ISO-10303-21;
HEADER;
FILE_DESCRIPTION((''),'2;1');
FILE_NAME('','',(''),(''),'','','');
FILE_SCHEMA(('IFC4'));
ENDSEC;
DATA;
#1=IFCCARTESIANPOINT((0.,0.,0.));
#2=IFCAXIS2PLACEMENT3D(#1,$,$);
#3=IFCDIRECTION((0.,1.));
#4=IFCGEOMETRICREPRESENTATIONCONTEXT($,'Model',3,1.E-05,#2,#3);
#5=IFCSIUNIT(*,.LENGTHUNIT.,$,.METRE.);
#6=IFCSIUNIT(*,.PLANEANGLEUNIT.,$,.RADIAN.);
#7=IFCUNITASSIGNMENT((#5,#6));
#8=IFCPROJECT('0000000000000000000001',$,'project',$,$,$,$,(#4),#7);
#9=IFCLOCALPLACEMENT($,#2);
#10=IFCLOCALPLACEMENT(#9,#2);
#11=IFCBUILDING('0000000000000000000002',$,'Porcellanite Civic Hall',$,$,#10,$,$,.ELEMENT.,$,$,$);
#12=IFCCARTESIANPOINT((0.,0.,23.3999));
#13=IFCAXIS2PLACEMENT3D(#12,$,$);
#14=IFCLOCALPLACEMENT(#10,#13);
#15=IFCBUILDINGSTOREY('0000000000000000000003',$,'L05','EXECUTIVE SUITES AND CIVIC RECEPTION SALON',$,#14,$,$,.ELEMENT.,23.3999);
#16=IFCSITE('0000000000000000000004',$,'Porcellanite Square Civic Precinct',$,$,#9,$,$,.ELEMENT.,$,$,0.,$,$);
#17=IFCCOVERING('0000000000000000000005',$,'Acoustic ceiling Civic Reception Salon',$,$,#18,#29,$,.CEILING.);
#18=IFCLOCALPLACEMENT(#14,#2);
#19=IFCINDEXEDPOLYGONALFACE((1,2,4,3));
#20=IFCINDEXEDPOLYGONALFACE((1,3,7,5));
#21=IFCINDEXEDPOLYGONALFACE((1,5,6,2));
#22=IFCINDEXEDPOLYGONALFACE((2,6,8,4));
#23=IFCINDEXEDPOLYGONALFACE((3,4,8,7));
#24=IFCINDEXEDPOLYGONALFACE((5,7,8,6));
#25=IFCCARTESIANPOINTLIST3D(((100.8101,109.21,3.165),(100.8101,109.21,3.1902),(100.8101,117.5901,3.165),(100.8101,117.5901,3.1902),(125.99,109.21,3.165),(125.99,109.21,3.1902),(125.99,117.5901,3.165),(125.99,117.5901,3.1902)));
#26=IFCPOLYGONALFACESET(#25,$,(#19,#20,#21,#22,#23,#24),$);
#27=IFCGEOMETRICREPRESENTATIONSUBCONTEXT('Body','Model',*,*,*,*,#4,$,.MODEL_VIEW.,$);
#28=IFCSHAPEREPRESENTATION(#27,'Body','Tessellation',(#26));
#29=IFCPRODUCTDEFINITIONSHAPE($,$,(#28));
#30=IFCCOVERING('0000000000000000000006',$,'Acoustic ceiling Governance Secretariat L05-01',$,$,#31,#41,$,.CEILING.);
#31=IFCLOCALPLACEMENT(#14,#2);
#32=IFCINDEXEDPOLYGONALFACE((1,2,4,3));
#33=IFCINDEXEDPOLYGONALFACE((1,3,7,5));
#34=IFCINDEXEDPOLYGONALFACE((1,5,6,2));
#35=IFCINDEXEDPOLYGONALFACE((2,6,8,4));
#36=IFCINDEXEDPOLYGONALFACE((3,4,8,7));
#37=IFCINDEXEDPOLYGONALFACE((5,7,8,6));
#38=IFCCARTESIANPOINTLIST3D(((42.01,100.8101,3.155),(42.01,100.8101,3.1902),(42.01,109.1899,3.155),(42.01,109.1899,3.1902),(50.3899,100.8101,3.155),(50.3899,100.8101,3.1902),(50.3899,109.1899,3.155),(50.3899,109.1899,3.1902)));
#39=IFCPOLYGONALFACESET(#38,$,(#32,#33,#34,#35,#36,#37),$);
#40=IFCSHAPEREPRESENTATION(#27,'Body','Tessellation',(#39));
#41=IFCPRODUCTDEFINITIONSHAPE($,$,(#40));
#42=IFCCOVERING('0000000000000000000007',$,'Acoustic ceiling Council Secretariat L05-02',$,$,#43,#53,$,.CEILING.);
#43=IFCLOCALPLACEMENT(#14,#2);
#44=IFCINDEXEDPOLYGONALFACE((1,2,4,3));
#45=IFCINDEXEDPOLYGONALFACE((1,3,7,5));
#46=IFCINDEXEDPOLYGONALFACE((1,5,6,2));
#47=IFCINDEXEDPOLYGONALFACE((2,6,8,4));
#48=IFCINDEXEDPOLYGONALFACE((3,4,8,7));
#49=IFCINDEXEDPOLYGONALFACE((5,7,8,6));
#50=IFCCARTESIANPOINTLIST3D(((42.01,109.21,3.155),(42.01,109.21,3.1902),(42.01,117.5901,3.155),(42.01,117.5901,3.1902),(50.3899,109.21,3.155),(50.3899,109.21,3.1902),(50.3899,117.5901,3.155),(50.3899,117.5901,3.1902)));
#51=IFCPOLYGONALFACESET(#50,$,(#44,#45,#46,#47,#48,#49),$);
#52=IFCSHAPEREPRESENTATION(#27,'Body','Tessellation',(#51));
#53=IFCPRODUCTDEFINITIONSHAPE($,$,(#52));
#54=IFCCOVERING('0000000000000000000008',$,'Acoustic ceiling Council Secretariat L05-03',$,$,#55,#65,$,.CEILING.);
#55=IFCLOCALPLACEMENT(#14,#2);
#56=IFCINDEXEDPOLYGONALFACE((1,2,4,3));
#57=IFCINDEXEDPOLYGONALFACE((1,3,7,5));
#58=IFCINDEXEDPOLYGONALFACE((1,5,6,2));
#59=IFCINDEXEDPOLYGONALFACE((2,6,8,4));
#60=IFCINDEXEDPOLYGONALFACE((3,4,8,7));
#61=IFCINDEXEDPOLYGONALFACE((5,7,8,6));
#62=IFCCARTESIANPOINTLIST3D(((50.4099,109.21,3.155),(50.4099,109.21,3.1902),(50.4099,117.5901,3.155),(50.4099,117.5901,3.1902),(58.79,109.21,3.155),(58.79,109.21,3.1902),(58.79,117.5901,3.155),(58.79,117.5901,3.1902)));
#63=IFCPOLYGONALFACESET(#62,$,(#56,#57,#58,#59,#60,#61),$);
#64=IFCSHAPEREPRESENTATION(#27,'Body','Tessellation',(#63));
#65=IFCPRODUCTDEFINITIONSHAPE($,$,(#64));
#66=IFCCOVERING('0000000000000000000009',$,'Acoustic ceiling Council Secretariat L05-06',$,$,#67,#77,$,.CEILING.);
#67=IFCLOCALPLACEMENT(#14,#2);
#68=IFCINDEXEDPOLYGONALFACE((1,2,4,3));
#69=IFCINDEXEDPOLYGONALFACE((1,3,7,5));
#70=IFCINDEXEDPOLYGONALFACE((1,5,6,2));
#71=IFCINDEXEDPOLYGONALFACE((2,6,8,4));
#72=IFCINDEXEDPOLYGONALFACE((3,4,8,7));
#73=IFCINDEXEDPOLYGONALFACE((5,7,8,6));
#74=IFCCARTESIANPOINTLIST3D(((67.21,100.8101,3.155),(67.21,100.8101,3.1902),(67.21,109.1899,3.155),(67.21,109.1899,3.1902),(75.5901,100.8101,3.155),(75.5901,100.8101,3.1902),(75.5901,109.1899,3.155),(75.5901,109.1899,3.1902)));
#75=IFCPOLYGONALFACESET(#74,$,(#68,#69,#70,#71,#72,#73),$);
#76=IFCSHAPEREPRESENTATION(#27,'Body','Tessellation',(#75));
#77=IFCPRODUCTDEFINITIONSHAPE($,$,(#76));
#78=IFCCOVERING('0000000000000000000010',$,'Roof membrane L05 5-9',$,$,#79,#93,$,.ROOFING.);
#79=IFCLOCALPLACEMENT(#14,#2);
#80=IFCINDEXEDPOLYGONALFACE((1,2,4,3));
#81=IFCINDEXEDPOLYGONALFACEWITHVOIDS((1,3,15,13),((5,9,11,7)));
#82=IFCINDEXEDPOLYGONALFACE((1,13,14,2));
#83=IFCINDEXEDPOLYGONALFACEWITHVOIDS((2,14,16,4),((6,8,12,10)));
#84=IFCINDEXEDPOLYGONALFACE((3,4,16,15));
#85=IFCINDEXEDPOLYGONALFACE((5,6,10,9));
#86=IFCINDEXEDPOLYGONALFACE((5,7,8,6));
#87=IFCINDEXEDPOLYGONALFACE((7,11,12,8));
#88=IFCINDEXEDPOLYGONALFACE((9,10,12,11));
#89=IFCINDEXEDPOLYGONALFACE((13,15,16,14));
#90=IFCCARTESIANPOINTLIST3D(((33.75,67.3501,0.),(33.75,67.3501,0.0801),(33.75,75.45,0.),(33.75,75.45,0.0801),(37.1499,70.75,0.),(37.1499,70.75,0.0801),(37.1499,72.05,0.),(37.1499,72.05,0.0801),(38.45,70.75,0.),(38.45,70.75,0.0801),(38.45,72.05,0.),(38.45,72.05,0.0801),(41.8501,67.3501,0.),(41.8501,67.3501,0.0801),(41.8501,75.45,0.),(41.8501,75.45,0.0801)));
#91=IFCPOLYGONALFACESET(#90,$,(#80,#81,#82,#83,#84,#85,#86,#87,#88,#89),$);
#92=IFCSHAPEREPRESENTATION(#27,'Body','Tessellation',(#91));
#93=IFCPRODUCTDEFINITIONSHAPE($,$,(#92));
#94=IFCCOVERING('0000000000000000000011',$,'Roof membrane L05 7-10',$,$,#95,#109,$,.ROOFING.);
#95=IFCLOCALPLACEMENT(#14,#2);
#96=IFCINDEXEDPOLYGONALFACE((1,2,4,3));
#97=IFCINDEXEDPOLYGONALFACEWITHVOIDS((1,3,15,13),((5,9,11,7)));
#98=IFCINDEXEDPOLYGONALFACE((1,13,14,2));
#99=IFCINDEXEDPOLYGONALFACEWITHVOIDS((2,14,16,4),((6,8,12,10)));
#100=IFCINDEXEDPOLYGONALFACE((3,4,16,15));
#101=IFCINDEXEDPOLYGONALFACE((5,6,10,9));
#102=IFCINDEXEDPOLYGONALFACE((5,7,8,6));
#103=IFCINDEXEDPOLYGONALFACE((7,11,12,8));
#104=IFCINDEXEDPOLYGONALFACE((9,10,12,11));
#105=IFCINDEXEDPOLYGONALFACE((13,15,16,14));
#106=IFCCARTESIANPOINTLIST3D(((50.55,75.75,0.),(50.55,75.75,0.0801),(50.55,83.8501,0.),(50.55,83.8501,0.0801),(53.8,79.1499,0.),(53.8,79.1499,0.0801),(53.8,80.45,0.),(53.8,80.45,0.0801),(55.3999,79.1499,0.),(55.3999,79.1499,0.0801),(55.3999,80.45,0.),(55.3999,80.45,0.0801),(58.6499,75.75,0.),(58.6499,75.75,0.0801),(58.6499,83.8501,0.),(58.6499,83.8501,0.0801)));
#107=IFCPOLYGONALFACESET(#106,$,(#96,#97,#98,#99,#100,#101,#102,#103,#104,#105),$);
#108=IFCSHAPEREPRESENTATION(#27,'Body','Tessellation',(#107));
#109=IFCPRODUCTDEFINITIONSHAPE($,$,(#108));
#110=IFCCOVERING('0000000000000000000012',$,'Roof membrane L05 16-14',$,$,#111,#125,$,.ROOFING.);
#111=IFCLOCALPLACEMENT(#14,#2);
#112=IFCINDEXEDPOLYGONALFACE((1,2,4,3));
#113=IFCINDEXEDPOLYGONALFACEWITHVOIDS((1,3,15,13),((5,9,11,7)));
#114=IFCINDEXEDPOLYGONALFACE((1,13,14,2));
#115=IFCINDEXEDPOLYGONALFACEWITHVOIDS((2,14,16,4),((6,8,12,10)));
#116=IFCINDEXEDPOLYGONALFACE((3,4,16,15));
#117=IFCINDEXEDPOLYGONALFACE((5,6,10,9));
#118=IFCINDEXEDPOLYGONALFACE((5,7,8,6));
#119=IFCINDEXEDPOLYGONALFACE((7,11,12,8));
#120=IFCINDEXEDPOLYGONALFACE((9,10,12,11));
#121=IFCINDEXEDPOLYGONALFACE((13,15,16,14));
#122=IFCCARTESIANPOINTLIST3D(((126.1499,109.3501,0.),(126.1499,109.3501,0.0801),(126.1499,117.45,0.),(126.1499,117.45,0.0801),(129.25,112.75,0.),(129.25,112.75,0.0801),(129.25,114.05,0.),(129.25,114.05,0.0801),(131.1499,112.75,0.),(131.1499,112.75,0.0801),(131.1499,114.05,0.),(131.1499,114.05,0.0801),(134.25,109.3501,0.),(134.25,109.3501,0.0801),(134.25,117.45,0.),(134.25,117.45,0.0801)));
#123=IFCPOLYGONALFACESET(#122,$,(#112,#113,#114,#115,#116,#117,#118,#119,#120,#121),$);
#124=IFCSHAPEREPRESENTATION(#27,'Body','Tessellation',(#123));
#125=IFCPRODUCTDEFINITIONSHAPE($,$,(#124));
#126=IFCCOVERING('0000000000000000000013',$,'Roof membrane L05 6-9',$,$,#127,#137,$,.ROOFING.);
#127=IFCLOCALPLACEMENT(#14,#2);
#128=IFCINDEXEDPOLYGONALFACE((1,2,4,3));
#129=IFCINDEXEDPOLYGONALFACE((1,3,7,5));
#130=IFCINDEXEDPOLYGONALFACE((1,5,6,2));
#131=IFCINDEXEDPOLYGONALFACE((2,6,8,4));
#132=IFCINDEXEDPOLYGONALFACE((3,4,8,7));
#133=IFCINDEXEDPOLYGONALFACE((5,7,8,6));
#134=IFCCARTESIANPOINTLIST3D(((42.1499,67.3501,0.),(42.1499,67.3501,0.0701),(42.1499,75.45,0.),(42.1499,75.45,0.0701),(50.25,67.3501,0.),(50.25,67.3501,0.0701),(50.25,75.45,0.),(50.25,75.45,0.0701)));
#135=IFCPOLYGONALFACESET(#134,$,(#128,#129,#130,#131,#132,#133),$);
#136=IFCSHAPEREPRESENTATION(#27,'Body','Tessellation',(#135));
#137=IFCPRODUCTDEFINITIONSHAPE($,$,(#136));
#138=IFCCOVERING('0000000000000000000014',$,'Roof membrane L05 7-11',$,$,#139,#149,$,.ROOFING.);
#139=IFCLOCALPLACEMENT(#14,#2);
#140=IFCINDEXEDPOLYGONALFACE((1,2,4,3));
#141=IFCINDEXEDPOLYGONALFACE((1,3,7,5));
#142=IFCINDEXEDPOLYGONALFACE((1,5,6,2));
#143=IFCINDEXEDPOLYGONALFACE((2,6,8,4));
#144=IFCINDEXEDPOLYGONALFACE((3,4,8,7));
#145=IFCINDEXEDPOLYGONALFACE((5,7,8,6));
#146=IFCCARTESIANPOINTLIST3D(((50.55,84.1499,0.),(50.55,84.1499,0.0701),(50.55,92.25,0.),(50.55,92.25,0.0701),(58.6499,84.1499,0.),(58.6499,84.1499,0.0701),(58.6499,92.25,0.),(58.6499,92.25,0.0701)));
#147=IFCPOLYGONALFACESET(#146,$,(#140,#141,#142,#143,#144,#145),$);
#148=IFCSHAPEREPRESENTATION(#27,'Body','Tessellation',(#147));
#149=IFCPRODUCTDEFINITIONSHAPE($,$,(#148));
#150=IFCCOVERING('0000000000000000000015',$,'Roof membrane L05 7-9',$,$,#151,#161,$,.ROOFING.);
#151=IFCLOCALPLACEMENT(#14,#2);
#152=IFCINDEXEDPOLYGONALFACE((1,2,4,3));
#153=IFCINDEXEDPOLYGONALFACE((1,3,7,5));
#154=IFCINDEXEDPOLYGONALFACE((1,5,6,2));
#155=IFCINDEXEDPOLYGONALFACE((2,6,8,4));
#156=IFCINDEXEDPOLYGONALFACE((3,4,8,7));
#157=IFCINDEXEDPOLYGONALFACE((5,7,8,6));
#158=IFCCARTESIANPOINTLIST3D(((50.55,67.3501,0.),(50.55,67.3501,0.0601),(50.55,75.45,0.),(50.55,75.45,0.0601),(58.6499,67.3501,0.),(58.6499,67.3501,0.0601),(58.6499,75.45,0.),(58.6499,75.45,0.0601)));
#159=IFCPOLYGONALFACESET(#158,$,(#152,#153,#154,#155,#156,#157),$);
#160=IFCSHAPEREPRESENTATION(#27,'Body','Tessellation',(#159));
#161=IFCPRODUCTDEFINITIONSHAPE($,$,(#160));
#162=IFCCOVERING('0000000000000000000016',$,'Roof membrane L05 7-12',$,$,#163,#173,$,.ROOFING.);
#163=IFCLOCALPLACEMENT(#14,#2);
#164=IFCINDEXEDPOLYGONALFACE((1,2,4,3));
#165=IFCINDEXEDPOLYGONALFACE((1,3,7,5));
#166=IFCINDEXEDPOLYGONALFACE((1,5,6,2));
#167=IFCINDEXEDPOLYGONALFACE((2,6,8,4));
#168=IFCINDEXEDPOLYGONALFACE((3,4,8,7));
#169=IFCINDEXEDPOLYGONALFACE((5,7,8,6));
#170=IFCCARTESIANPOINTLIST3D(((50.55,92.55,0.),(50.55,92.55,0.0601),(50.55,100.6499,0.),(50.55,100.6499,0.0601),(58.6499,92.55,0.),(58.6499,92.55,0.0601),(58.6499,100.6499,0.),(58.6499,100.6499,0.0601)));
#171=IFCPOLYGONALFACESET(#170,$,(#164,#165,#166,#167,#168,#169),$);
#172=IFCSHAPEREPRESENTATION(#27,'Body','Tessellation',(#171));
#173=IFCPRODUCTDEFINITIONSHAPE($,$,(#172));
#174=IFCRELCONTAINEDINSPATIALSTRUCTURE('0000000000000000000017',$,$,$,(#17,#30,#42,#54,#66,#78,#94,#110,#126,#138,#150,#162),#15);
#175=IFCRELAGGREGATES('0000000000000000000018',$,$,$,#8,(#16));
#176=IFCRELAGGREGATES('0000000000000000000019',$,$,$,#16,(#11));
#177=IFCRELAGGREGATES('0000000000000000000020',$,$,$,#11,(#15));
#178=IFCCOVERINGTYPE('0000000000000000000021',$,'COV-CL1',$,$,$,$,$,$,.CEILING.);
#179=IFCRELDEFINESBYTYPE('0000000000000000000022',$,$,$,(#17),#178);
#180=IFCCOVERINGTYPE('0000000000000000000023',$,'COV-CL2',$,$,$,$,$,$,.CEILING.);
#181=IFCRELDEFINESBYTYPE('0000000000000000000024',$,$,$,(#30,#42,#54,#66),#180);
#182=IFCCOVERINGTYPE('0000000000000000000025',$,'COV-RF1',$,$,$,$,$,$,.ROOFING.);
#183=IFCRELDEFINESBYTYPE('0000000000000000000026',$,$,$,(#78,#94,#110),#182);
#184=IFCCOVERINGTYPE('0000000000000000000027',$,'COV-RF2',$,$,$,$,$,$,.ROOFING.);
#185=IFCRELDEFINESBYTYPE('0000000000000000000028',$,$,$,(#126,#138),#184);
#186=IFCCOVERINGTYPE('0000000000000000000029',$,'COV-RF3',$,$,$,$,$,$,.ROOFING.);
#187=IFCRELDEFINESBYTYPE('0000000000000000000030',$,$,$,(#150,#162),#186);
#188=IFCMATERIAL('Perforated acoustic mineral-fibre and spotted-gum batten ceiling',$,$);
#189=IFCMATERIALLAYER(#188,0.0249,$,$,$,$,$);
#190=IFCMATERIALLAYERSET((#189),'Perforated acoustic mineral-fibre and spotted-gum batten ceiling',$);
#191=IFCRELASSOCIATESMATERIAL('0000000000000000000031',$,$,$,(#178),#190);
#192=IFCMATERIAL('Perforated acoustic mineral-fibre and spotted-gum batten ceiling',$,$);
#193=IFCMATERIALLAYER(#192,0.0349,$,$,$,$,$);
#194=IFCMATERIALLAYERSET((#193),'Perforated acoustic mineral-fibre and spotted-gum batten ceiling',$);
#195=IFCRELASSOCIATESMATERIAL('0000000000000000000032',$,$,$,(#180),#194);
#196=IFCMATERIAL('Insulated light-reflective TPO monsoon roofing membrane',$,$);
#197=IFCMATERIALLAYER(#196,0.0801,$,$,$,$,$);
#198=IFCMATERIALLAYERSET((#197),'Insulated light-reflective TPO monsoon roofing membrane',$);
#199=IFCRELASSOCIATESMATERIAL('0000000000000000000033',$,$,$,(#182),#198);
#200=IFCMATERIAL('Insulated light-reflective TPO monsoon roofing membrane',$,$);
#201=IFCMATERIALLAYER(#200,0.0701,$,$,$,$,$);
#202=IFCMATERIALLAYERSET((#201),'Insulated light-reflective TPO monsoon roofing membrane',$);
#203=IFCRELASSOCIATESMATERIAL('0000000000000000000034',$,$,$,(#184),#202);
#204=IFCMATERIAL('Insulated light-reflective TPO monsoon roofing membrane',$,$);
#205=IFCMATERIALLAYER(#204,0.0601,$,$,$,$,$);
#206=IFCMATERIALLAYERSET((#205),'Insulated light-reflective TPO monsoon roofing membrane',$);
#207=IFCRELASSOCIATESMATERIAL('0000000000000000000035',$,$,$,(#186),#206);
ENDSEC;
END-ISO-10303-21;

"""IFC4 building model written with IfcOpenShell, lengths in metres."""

from ifc_helpers import new_model, si_unit, direction, frame, origin, place, context, subcontext, project, spatial, polyline, outline, extrude, material, layer, layer_set, type_object, element, save


model = new_model("IFC4")

# Units and contexts
model_context = context("Model", 3, precision=1e-05, world=origin(), true_north=direction((0.0, 1.0)))
body_context = subcontext(model_context, "Body", "Model", "MODEL_VIEW")
ifc_project = project(units=[si_unit("LENGTHUNIT", "METRE"), si_unit("PLANEANGLEUNIT", "RADIAN")], contexts=[model_context])

# Site, building, storey
site_placement = place(None, origin())
site = spatial("IfcSite", under=ifc_project, at=site_placement, Name="Porcellanite Square Civic Precinct", CompositionType="ELEMENT", RefElevation=0.0)
building_placement = place(site_placement, origin())
building = spatial("IfcBuilding", under=site, at=building_placement, Name="Porcellanite Civic Hall", CompositionType="ELEMENT")
storey_placement = place(building_placement, frame((0.0, 0.0, 23.3999)))
storey = spatial("IfcBuildingStorey", under=building, at=storey_placement, Name="L05", Description="EXECUTIVE SUITES AND CIVIC RECEPTION SALON", CompositionType="ELEMENT", Elevation=23.3999)

# Coverings
ifc_material_1 = material(Name="Perforated acoustic mineral-fibre and spotted-gum batten ceiling")
ifc_layer_1 = layer(ifc_material_1, 0.0249)
ifc_layer_set_1 = layer_set([ifc_layer_1], Name="Perforated acoustic mineral-fibre and spotted-gum batten ceiling")
covering_type_1 = type_object("IfcCoveringType", Name="COV-CL1", PredefinedType="CEILING", material=ifc_layer_set_1)
covering_1_placement = place(storey_placement, frame((0.0, 0.0, 3.165)))
element("IfcCovering", 1, at=covering_1_placement, inside=storey, type_object=covering_type_1, Name="Acoustic ceiling Civic Reception Salon", PredefinedType="CEILING", context=body_context, shape_type="SweptSolid", body=[
    extrude(outline(polyline([(100.8101, 109.21), (125.99, 109.21), (125.99, 117.5901), (100.8101, 117.5901), (100.8101, 109.21)])), origin(), (0.0, 0.0, 1.0), 0.0251),
])
ifc_material_2 = material(Name="Perforated acoustic mineral-fibre and spotted-gum batten ceiling")
ifc_layer_2 = layer(ifc_material_2, 0.0349)
ifc_layer_set_2 = layer_set([ifc_layer_2], Name="Perforated acoustic mineral-fibre and spotted-gum batten ceiling")
covering_type_2 = type_object("IfcCoveringType", Name="COV-CL2", PredefinedType="CEILING", material=ifc_layer_set_2)
covering_2_placement = place(storey_placement, frame((0.0, 0.0, 3.155)))
element("IfcCovering", 2, at=covering_2_placement, inside=storey, type_object=covering_type_2, Name="Acoustic ceiling Governance Secretariat L05-01", PredefinedType="CEILING", context=body_context, shape_type="SweptSolid", body=[
    extrude(outline(polyline([(42.01, 100.8101), (50.3899, 100.8101), (50.3899, 109.1899), (42.01, 109.1899), (42.01, 100.8101)])), origin(), (0.0, 0.0, 1.0), 0.0352),
])
covering_3_placement = place(storey_placement, frame((0.0, 0.0, 3.155)))
element("IfcCovering", 3, at=covering_3_placement, inside=storey, type_object=covering_type_2, Name="Acoustic ceiling Council Secretariat L05-02", PredefinedType="CEILING", context=body_context, shape_type="SweptSolid", body=[
    extrude(outline(polyline([(42.01, 109.21), (50.3899, 109.21), (50.3899, 117.5901), (42.01, 117.5901), (42.01, 109.21)])), origin(), (0.0, 0.0, 1.0), 0.0352),
])
covering_4_placement = place(storey_placement, frame((0.0, 0.0, 3.155)))
element("IfcCovering", 4, at=covering_4_placement, inside=storey, type_object=covering_type_2, Name="Acoustic ceiling Council Secretariat L05-03", PredefinedType="CEILING", context=body_context, shape_type="SweptSolid", body=[
    extrude(outline(polyline([(50.4099, 109.21), (58.79, 109.21), (58.79, 117.5901), (50.4099, 117.5901), (50.4099, 109.21)])), origin(), (0.0, 0.0, 1.0), 0.0352),
])
covering_5_placement = place(storey_placement, frame((0.0, 0.0, 3.155)))
element("IfcCovering", 5, at=covering_5_placement, inside=storey, type_object=covering_type_2, Name="Acoustic ceiling Council Secretariat L05-06", PredefinedType="CEILING", context=body_context, shape_type="SweptSolid", body=[
    extrude(outline(polyline([(67.21, 100.8101), (75.5901, 100.8101), (75.5901, 109.1899), (67.21, 109.1899), (67.21, 100.8101)])), origin(), (0.0, 0.0, 1.0), 0.0352),
])
ifc_material_3 = material(Name="Insulated light-reflective TPO monsoon roofing membrane")
ifc_layer_3 = layer(ifc_material_3, 0.0801)
ifc_layer_set_3 = layer_set([ifc_layer_3], Name="Insulated light-reflective TPO monsoon roofing membrane")
covering_type_3 = type_object("IfcCoveringType", Name="COV-RF1", PredefinedType="ROOFING", material=ifc_layer_set_3)
covering_6_placement = place(storey_placement, origin())
element("IfcCovering", 6, at=covering_6_placement, inside=storey, type_object=covering_type_3, Name="Roof membrane L05 5-9", PredefinedType="ROOFING", context=body_context, shape_type="SweptSolid", body=[
    extrude(outline(polyline([(33.75, 67.3501), (41.8501, 67.3501), (41.8501, 75.45), (33.75, 75.45), (33.75, 67.3501)]), holes=[polyline([(37.1499, 70.75), (38.45, 70.75), (38.45, 72.05), (37.1499, 72.05), (37.1499, 70.75)])]), origin(), (0.0, 0.0, 1.0), 0.0801),
])
covering_7_placement = place(storey_placement, origin())
element("IfcCovering", 7, at=covering_7_placement, inside=storey, type_object=covering_type_3, Name="Roof membrane L05 7-10", PredefinedType="ROOFING", context=body_context, shape_type="SweptSolid", body=[
    extrude(outline(polyline([(50.55, 75.75), (58.6499, 75.75), (58.6499, 83.8501), (50.55, 83.8501), (50.55, 75.75)]), holes=[polyline([(53.8, 79.1499), (55.3999, 79.1499), (55.3999, 80.45), (53.8, 80.45), (53.8, 79.1499)])]), origin(), (0.0, 0.0, 1.0), 0.0801),
])
covering_8_placement = place(storey_placement, origin())
element("IfcCovering", 8, at=covering_8_placement, inside=storey, type_object=covering_type_3, Name="Roof membrane L05 16-14", PredefinedType="ROOFING", context=body_context, shape_type="SweptSolid", body=[
    extrude(outline(polyline([(126.1499, 109.3501), (134.25, 109.3501), (134.25, 117.45), (126.1499, 117.45), (126.1499, 109.3501)]), holes=[polyline([(129.25, 112.75), (131.1499, 112.75), (131.1499, 114.05), (129.25, 114.05), (129.25, 112.75)])]), origin(), (0.0, 0.0, 1.0), 0.0801),
])
ifc_material_4 = material(Name="Insulated light-reflective TPO monsoon roofing membrane")
ifc_layer_4 = layer(ifc_material_4, 0.0701)
ifc_layer_set_4 = layer_set([ifc_layer_4], Name="Insulated light-reflective TPO monsoon roofing membrane")
covering_type_4 = type_object("IfcCoveringType", Name="COV-RF2", PredefinedType="ROOFING", material=ifc_layer_set_4)
covering_9_placement = place(storey_placement, origin())
element("IfcCovering", 9, at=covering_9_placement, inside=storey, type_object=covering_type_4, Name="Roof membrane L05 6-9", PredefinedType="ROOFING", context=body_context, shape_type="SweptSolid", body=[
    extrude(outline(polyline([(42.1499, 67.3501), (50.25, 67.3501), (50.25, 75.45), (42.1499, 75.45), (42.1499, 67.3501)])), origin(), (0.0, 0.0, 1.0), 0.0701),
])
covering_10_placement = place(storey_placement, origin())
element("IfcCovering", 10, at=covering_10_placement, inside=storey, type_object=covering_type_4, Name="Roof membrane L05 7-11", PredefinedType="ROOFING", context=body_context, shape_type="SweptSolid", body=[
    extrude(outline(polyline([(50.55, 84.1499), (58.6499, 84.1499), (58.6499, 92.25), (50.55, 92.25), (50.55, 84.1499)])), origin(), (0.0, 0.0, 1.0), 0.0701),
])
ifc_material_5 = material(Name="Insulated light-reflective TPO monsoon roofing membrane")
ifc_layer_5 = layer(ifc_material_5, 0.0601)
ifc_layer_set_5 = layer_set([ifc_layer_5], Name="Insulated light-reflective TPO monsoon roofing membrane")
covering_type_5 = type_object("IfcCoveringType", Name="COV-RF3", PredefinedType="ROOFING", material=ifc_layer_set_5)
covering_11_placement = place(storey_placement, origin())
element("IfcCovering", 11, at=covering_11_placement, inside=storey, type_object=covering_type_5, Name="Roof membrane L05 7-9", PredefinedType="ROOFING", context=body_context, shape_type="SweptSolid", body=[
    extrude(outline(polyline([(50.55, 67.3501), (58.6499, 67.3501), (58.6499, 75.45), (50.55, 75.45), (50.55, 67.3501)])), origin(), (0.0, 0.0, 1.0), 0.0601),
])
covering_12_placement = place(storey_placement, origin())
element("IfcCovering", 12, at=covering_12_placement, inside=storey, type_object=covering_type_5, Name="Roof membrane L05 7-12", PredefinedType="ROOFING", context=body_context, shape_type="SweptSolid", body=[
    extrude(outline(polyline([(50.55, 92.55), (58.6499, 92.55), (58.6499, 100.6499), (50.55, 100.6499), (50.55, 92.55)])), origin(), (0.0, 0.0, 1.0), 0.0601),
])

save(model, "model.ifc")
